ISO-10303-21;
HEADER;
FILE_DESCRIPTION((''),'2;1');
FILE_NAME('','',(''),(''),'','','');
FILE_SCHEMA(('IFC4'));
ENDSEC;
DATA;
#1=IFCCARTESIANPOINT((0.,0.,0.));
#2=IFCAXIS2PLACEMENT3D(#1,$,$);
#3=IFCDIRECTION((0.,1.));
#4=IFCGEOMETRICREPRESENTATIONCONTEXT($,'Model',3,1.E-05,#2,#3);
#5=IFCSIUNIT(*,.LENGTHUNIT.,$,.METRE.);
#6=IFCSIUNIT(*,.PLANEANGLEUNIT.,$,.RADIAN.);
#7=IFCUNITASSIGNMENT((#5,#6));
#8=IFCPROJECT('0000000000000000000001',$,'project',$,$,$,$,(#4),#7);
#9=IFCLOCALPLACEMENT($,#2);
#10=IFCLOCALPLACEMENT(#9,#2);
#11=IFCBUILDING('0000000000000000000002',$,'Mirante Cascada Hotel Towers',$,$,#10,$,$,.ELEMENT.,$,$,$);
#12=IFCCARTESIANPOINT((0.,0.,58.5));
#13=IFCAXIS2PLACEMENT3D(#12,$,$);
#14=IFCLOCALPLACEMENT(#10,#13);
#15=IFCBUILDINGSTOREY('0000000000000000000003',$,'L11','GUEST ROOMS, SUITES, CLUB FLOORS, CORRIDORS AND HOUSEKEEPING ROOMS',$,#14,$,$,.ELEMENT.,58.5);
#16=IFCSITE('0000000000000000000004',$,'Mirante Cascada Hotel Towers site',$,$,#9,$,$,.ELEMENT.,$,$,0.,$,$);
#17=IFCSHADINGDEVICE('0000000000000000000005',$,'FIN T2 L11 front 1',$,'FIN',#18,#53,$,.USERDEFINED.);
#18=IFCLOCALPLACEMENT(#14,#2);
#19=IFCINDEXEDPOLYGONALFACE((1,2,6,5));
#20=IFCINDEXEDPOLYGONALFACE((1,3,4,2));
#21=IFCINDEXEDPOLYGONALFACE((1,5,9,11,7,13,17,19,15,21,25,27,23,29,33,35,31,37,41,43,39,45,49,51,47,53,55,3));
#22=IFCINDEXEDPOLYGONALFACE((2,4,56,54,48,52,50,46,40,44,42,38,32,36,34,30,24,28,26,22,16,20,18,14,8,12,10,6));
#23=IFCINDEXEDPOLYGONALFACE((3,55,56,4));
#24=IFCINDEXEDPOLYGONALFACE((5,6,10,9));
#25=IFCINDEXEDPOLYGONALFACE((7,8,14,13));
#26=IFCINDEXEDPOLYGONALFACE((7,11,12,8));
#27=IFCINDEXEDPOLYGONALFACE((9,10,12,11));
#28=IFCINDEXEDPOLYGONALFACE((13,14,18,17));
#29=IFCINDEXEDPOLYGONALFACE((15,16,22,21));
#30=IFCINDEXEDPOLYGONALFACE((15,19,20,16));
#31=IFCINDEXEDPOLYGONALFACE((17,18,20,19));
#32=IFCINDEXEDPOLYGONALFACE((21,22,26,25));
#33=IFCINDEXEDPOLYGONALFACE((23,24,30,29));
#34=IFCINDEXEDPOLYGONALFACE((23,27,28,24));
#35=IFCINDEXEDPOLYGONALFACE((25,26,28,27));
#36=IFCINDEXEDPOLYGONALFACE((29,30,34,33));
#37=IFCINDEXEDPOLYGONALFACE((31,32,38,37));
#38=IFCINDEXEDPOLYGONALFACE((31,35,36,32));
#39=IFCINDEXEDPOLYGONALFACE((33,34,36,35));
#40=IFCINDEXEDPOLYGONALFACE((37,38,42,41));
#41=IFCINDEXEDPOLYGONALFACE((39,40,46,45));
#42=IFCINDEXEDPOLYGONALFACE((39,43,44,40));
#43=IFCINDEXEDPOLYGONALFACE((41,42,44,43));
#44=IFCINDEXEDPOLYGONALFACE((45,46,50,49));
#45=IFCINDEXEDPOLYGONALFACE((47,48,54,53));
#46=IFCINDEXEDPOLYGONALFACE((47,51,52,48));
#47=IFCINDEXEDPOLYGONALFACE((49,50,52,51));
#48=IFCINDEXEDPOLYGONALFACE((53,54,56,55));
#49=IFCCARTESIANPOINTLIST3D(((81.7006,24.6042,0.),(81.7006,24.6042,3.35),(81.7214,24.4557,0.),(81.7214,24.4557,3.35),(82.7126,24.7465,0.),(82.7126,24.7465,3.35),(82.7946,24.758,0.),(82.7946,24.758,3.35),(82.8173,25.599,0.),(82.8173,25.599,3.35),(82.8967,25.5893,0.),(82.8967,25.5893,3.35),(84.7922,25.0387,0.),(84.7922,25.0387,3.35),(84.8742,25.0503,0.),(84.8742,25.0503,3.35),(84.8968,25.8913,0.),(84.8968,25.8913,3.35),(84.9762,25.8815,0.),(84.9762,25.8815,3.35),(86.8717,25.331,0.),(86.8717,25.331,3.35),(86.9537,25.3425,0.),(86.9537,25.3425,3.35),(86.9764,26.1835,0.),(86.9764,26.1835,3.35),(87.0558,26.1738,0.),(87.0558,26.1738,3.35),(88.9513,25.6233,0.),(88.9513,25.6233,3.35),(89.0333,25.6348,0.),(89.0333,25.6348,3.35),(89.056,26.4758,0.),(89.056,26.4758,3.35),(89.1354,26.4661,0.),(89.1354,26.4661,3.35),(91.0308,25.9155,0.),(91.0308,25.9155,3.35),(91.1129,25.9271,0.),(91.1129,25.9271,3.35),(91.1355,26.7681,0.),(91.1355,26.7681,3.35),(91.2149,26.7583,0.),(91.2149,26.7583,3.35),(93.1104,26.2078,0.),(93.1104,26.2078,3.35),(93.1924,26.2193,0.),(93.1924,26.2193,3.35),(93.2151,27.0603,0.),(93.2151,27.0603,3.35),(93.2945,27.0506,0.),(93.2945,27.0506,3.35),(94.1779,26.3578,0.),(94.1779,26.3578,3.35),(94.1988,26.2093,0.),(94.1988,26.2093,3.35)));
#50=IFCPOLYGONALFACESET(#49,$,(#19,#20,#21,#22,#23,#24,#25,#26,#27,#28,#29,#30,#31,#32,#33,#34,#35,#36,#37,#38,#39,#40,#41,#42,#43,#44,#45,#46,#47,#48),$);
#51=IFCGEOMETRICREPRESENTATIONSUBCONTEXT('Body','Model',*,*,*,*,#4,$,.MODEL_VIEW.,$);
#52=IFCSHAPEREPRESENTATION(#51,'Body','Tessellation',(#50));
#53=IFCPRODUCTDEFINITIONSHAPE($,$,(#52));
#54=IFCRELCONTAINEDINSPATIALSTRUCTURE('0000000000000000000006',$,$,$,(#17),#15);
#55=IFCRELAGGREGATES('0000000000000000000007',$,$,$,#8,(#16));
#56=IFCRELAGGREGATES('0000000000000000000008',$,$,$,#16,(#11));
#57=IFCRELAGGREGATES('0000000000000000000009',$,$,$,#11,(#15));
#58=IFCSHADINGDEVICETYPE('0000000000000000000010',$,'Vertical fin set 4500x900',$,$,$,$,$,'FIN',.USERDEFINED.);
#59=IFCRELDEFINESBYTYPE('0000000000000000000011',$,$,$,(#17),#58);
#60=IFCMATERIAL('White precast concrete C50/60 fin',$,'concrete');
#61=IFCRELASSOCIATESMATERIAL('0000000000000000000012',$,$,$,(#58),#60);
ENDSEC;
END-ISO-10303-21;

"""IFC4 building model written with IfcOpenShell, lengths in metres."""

from ifc_helpers import new_model, si_unit, direction, frame, origin, place, context, subcontext, project, spatial, polyline, outline, extrude, material, type_object, element, save


model = new_model("IFC4")

# Units and contexts
model_context = context("Model", 3, precision=1e-05, world=origin(), true_north=direction((0.0, 1.0)))
body_context = subcontext(model_context, "Body", "Model", "MODEL_VIEW")
ifc_project = project(units=[si_unit("LENGTHUNIT", "METRE"), si_unit("PLANEANGLEUNIT", "RADIAN")], contexts=[model_context])

# Site, building, storey
site_placement = place(None, origin())
site = spatial("IfcSite", under=ifc_project, at=site_placement, Name="Mirante Cascada Hotel Towers site", CompositionType="ELEMENT", RefElevation=0.0)
building_placement = place(site_placement, origin())
building = spatial("IfcBuilding", under=site, at=building_placement, Name="Mirante Cascada Hotel Towers", CompositionType="ELEMENT")
storey_placement = place(building_placement, frame((0.0, 0.0, 58.5)))
storey = spatial("IfcBuildingStorey", under=building, at=storey_placement, Name="L11", Description="GUEST ROOMS, SUITES, CLUB FLOORS, CORRIDORS AND HOUSEKEEPING ROOMS", CompositionType="ELEMENT", Elevation=58.5)

# Shading device
ifc_material_1 = material(Name="White precast concrete C50/60 fin", Category="concrete")
shading_device_type = type_object("IfcShadingDeviceType", Name="Vertical fin set 4500x900", ElementType="FIN", PredefinedType="USERDEFINED", material=ifc_material_1)
shading_device_1_placement = place(storey_placement, origin())
element("IfcShadingDevice", 1, at=shading_device_1_placement, inside=storey, type_object=shading_device_type, Name="FIN T2 L11 front 1", ObjectType="FIN", PredefinedType="USERDEFINED", context=body_context, shape_type="SweptSolid", body=[
    extrude(outline(polyline([(82.8967, 25.5893), (82.7946, 24.758), (84.7922, 25.0387), (84.8968, 25.8913), (84.9762, 25.8815), (84.8742, 25.0503), (86.8717, 25.331), (86.9764, 26.1835), (87.0558, 26.1738), (86.9537, 25.3425), (88.9513, 25.6233), (89.056, 26.4758), (89.1354, 26.4661), (89.0333, 25.6348), (91.0308, 25.9155), (91.1355, 26.7681), (91.2149, 26.7583), (91.1129, 25.9271), (93.1104, 26.2078), (93.2151, 27.0603), (93.2945, 27.0506), (93.1924, 26.2193), (94.1779, 26.3578), (94.1988, 26.2093), (81.7214, 24.4557), (81.7006, 24.6042), (82.7126, 24.7465), (82.8173, 25.599), (82.8967, 25.5893)])), origin(), (0.0, 0.0, 1.0), 3.35),
])

save(model, "model.ifc")
